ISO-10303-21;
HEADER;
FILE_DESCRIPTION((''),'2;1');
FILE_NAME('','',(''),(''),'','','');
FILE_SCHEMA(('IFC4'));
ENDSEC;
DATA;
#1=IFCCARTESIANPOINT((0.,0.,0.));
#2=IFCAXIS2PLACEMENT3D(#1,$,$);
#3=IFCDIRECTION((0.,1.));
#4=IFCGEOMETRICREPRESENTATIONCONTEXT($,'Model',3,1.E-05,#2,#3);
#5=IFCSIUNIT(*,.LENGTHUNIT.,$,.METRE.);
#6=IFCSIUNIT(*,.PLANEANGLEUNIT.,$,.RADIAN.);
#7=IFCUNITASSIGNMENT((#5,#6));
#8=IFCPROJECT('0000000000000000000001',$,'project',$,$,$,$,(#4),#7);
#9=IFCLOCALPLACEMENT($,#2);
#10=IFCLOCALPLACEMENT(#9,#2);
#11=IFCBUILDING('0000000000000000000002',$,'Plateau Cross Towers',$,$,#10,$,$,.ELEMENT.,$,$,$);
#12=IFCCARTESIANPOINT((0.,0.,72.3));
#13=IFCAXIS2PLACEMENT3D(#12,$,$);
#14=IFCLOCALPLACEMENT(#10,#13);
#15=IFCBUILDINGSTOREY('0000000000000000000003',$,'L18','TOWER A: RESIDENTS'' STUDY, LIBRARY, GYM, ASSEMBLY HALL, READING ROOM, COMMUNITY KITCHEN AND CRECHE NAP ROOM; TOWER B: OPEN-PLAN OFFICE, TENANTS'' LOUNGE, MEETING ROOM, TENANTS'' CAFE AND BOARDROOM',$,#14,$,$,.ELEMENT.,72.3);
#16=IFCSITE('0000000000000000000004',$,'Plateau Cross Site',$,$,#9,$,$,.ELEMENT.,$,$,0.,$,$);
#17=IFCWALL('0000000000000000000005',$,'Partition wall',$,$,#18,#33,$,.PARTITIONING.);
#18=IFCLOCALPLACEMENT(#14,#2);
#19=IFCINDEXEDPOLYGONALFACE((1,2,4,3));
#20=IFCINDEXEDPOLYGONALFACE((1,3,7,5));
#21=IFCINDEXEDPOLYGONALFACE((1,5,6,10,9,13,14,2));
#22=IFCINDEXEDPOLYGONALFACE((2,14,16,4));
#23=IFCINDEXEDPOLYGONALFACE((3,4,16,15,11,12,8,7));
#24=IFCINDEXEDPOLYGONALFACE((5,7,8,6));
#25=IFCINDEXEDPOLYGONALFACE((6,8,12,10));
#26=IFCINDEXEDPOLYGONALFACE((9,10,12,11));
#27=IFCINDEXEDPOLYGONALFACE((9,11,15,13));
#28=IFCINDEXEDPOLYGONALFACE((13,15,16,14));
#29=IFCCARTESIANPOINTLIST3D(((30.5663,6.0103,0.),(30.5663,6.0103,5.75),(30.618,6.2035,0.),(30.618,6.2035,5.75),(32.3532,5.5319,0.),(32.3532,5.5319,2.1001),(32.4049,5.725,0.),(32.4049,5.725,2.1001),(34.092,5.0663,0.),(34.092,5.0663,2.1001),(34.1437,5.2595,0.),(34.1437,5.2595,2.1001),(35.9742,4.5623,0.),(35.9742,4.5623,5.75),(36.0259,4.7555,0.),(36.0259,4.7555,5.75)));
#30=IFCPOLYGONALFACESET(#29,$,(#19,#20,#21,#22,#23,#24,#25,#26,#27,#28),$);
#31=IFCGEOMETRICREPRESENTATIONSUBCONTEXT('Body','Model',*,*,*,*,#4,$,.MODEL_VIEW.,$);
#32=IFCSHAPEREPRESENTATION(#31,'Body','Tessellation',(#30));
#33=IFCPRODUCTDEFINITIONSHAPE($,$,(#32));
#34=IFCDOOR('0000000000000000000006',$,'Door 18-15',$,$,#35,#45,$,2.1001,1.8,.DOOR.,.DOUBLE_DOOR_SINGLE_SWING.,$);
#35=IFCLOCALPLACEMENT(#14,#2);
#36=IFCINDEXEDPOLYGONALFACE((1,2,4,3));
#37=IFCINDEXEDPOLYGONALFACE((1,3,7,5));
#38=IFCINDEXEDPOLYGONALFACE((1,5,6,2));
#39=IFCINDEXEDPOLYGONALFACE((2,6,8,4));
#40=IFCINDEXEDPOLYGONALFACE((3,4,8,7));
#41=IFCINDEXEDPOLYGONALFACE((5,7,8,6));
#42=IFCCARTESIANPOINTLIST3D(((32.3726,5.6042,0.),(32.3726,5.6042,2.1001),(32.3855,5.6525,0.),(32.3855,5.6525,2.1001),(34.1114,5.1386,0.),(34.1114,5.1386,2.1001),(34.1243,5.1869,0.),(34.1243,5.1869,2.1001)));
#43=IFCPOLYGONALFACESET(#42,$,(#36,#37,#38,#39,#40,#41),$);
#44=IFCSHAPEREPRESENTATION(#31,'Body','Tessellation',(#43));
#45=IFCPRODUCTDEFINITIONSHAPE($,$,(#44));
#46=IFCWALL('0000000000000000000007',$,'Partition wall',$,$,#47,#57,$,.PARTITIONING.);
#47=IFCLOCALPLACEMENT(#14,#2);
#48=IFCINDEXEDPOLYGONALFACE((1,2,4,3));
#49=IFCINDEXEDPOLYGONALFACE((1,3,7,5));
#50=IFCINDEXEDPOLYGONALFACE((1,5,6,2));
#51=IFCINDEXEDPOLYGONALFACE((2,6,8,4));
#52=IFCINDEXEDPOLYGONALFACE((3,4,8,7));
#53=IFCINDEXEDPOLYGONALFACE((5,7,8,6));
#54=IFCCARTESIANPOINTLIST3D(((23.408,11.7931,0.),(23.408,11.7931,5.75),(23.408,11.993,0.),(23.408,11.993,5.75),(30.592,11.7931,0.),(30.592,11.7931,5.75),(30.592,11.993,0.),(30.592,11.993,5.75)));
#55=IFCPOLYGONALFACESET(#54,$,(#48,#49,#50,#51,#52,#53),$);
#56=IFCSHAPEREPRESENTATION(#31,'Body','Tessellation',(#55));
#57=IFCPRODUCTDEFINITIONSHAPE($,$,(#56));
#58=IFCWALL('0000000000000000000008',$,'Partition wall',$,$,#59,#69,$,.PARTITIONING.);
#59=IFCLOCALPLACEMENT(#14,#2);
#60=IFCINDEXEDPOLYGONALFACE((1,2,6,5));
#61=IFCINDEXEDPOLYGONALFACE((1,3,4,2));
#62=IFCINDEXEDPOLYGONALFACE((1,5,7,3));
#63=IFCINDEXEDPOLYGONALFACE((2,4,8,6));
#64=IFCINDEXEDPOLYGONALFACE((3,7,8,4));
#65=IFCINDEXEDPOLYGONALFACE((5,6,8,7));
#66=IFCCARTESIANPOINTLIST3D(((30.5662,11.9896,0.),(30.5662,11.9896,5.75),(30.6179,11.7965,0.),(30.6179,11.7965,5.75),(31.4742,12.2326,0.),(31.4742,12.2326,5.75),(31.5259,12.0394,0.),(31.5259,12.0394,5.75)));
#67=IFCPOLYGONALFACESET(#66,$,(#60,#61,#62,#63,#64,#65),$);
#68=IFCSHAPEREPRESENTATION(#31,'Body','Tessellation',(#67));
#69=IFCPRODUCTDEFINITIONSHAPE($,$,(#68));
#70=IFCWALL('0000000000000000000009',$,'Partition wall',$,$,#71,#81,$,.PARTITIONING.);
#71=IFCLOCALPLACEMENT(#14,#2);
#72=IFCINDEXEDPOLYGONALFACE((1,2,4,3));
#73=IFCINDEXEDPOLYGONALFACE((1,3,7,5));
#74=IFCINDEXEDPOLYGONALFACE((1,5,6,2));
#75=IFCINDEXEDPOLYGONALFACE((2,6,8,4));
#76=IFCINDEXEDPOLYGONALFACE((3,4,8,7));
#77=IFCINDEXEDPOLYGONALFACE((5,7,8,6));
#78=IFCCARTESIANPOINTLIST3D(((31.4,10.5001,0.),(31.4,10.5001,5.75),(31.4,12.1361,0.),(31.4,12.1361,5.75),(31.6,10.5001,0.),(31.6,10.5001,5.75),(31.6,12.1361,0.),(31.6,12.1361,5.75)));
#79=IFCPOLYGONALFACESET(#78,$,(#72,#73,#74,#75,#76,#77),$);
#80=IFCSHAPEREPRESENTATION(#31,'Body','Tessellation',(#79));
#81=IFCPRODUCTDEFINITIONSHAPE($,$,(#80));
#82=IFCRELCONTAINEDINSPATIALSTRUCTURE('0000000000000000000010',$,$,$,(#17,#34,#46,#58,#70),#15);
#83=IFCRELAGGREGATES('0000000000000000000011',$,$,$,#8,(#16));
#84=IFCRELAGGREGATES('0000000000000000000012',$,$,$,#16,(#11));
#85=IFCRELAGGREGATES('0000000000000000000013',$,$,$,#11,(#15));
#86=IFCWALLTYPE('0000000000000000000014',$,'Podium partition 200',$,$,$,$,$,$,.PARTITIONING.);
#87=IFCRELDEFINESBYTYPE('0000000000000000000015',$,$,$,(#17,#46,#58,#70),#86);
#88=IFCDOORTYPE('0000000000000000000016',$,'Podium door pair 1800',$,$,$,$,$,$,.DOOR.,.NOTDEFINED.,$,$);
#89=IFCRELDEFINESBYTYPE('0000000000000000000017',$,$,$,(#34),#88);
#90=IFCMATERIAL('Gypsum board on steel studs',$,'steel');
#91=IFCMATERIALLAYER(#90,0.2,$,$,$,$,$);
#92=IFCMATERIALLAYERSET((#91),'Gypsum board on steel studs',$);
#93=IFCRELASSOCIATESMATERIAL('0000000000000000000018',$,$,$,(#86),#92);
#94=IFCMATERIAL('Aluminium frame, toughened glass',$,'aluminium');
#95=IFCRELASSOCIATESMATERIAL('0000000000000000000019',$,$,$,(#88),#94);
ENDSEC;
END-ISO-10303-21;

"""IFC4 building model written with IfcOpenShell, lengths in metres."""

from ifc_helpers import new_model, si_unit, direction, frame, frame_2d, origin, place, context, subcontext, project, spatial, rectangle, extrude, material, layer, layer_set, type_object, element, fill, save


model = new_model("IFC4")

# Units and contexts
model_context = context("Model", 3, precision=1e-05, world=origin(), true_north=direction((0.0, 1.0)))
body_context = subcontext(model_context, "Body", "Model", "MODEL_VIEW")
ifc_project = project(units=[si_unit("LENGTHUNIT", "METRE"), si_unit("PLANEANGLEUNIT", "RADIAN")], contexts=[model_context])

# Site, building, storey
site_placement = place(None, origin())
site = spatial("IfcSite", under=ifc_project, at=site_placement, Name="Plateau Cross Site", CompositionType="ELEMENT", RefElevation=0.0)
building_placement = place(site_placement, origin())
building = spatial("IfcBuilding", under=site, at=building_placement, Name="Plateau Cross Towers", CompositionType="ELEMENT")
storey_placement = place(building_placement, frame((0.0, 0.0, 72.3)))
storey = spatial("IfcBuildingStorey", under=building, at=storey_placement, Name="L18", Description="TOWER A: RESIDENTS' STUDY, LIBRARY, GYM, ASSEMBLY HALL, READING ROOM, COMMUNITY KITCHEN AND CRECHE NAP ROOM; TOWER B: OPEN-PLAN OFFICE, TENANTS' LOUNGE, MEETING ROOM, TENANTS' CAFE AND BOARDROOM", CompositionType="ELEMENT", Elevation=72.3)

# Shared definitions
ifc_material_1 = material(Name="Gypsum board on steel studs", Category="steel")
ifc_layer_1 = layer(ifc_material_1, 0.2)
ifc_layer_set_1 = layer_set([ifc_layer_1], Name="Gypsum board on steel studs")
wall_type_1 = type_object("IfcWallType", Name="Podium partition 200", PredefinedType="PARTITIONING", material=ifc_layer_set_1)

# Wall, opening, door
wall_1_placement = place(storey_placement, frame((30.592, 6.1069, 0.0), z_axis=(0.0, 0.0, 1.0), x_axis=(0.965973, -0.258642, 0.0)))
wall_1 = element("IfcWall", 1, at=wall_1_placement, inside=storey, type_object=wall_type_1, Name="Partition wall", PredefinedType="PARTITIONING", context=body_context, shape_type="SweptSolid", body=[
    extrude(rectangle(XDim=5.5984, YDim=0.2, at=frame_2d((2.7993, 0.0))), origin(), (0.0, 0.0, 1.0), 5.75),
])
opening_placement = place(wall_1_placement, frame((1.8501, 0.0, 0.0)))
opening = element("IfcOpeningElement", 2, at=opening_placement, cuts=wall_1, PredefinedType="OPENING", context=body_context, shape_type="SweptSolid", body=[
    extrude(rectangle(XDim=1.8, YDim=2.1001, at=frame_2d((0.8999, 1.05))), frame((0.0, 0.1099, 0.0), z_axis=(0.0, -1.0, 0.0), x_axis=(1.0, 0.0, 0.0)), (0.0, 0.0, 1.0), 0.22),
])
ifc_material_2 = material(Name="Aluminium frame, toughened glass", Category="aluminium")
door_type = type_object("IfcDoorType", Name="Podium door pair 1800", OperationType="NOTDEFINED", PredefinedType="DOOR", material=ifc_material_2)
door_placement = place(opening_placement, origin())
door = element("IfcDoor", 3, at=door_placement, inside=storey, type_object=door_type, Name="Door 18-15", OperationType="DOUBLE_DOOR_SINGLE_SWING", OverallHeight=2.1001, OverallWidth=1.8, PredefinedType="DOOR", context=body_context, shape_type="SweptSolid", body=[
    extrude(rectangle(XDim=1.8, YDim=2.1001, at=frame_2d((0.8999, 1.05))), frame((0.0, 0.0249, 0.0), z_axis=(0.0, -1.0, 0.0), x_axis=(1.0, 0.0, 0.0)), (0.0, 0.0, 1.0), 0.05),
])
fill(opening, door)

# Walls
wall_2_placement = place(storey_placement, frame((23.408, 11.8931, 0.0), z_axis=(0.0, 0.0, 1.0), x_axis=(1.0, 0.0, 0.0)))
element("IfcWall", 4, at=wall_2_placement, inside=storey, type_object=wall_type_1, Name="Partition wall", PredefinedType="PARTITIONING", context=body_context, shape_type="SweptSolid", body=[
    extrude(rectangle(XDim=7.1841, YDim=0.2, at=frame_2d((3.592, 0.0))), origin(), (0.0, 0.0, 1.0), 5.75),
])
wall_3_placement = place(storey_placement, frame((30.592, 11.8931, 0.0), z_axis=(0.0, 0.0, 1.0), x_axis=(0.966023, 0.258455, 0.0)))
element("IfcWall", 5, at=wall_3_placement, inside=storey, type_object=wall_type_1, Name="Partition wall", PredefinedType="PARTITIONING", context=body_context, shape_type="SweptSolid", body=[
    extrude(rectangle(XDim=0.9399, YDim=0.2, at=frame_2d((0.47, 0.0))), origin(), (0.0, 0.0, 1.0), 5.75),
])
wall_4_placement = place(storey_placement, frame((31.5, 12.136, 0.0), z_axis=(0.0, 0.0, 1.0), x_axis=(0.0, -1.0, 0.0)))
element("IfcWall", 6, at=wall_4_placement, inside=storey, type_object=wall_type_1, Name="Partition wall", PredefinedType="PARTITIONING", context=body_context, shape_type="SweptSolid", body=[
    extrude(rectangle(XDim=1.636, YDim=0.2, at=frame_2d((0.8179, 0.0))), origin(), (0.0, 0.0, 1.0), 5.75),
])

save(model, "model.ifc")
